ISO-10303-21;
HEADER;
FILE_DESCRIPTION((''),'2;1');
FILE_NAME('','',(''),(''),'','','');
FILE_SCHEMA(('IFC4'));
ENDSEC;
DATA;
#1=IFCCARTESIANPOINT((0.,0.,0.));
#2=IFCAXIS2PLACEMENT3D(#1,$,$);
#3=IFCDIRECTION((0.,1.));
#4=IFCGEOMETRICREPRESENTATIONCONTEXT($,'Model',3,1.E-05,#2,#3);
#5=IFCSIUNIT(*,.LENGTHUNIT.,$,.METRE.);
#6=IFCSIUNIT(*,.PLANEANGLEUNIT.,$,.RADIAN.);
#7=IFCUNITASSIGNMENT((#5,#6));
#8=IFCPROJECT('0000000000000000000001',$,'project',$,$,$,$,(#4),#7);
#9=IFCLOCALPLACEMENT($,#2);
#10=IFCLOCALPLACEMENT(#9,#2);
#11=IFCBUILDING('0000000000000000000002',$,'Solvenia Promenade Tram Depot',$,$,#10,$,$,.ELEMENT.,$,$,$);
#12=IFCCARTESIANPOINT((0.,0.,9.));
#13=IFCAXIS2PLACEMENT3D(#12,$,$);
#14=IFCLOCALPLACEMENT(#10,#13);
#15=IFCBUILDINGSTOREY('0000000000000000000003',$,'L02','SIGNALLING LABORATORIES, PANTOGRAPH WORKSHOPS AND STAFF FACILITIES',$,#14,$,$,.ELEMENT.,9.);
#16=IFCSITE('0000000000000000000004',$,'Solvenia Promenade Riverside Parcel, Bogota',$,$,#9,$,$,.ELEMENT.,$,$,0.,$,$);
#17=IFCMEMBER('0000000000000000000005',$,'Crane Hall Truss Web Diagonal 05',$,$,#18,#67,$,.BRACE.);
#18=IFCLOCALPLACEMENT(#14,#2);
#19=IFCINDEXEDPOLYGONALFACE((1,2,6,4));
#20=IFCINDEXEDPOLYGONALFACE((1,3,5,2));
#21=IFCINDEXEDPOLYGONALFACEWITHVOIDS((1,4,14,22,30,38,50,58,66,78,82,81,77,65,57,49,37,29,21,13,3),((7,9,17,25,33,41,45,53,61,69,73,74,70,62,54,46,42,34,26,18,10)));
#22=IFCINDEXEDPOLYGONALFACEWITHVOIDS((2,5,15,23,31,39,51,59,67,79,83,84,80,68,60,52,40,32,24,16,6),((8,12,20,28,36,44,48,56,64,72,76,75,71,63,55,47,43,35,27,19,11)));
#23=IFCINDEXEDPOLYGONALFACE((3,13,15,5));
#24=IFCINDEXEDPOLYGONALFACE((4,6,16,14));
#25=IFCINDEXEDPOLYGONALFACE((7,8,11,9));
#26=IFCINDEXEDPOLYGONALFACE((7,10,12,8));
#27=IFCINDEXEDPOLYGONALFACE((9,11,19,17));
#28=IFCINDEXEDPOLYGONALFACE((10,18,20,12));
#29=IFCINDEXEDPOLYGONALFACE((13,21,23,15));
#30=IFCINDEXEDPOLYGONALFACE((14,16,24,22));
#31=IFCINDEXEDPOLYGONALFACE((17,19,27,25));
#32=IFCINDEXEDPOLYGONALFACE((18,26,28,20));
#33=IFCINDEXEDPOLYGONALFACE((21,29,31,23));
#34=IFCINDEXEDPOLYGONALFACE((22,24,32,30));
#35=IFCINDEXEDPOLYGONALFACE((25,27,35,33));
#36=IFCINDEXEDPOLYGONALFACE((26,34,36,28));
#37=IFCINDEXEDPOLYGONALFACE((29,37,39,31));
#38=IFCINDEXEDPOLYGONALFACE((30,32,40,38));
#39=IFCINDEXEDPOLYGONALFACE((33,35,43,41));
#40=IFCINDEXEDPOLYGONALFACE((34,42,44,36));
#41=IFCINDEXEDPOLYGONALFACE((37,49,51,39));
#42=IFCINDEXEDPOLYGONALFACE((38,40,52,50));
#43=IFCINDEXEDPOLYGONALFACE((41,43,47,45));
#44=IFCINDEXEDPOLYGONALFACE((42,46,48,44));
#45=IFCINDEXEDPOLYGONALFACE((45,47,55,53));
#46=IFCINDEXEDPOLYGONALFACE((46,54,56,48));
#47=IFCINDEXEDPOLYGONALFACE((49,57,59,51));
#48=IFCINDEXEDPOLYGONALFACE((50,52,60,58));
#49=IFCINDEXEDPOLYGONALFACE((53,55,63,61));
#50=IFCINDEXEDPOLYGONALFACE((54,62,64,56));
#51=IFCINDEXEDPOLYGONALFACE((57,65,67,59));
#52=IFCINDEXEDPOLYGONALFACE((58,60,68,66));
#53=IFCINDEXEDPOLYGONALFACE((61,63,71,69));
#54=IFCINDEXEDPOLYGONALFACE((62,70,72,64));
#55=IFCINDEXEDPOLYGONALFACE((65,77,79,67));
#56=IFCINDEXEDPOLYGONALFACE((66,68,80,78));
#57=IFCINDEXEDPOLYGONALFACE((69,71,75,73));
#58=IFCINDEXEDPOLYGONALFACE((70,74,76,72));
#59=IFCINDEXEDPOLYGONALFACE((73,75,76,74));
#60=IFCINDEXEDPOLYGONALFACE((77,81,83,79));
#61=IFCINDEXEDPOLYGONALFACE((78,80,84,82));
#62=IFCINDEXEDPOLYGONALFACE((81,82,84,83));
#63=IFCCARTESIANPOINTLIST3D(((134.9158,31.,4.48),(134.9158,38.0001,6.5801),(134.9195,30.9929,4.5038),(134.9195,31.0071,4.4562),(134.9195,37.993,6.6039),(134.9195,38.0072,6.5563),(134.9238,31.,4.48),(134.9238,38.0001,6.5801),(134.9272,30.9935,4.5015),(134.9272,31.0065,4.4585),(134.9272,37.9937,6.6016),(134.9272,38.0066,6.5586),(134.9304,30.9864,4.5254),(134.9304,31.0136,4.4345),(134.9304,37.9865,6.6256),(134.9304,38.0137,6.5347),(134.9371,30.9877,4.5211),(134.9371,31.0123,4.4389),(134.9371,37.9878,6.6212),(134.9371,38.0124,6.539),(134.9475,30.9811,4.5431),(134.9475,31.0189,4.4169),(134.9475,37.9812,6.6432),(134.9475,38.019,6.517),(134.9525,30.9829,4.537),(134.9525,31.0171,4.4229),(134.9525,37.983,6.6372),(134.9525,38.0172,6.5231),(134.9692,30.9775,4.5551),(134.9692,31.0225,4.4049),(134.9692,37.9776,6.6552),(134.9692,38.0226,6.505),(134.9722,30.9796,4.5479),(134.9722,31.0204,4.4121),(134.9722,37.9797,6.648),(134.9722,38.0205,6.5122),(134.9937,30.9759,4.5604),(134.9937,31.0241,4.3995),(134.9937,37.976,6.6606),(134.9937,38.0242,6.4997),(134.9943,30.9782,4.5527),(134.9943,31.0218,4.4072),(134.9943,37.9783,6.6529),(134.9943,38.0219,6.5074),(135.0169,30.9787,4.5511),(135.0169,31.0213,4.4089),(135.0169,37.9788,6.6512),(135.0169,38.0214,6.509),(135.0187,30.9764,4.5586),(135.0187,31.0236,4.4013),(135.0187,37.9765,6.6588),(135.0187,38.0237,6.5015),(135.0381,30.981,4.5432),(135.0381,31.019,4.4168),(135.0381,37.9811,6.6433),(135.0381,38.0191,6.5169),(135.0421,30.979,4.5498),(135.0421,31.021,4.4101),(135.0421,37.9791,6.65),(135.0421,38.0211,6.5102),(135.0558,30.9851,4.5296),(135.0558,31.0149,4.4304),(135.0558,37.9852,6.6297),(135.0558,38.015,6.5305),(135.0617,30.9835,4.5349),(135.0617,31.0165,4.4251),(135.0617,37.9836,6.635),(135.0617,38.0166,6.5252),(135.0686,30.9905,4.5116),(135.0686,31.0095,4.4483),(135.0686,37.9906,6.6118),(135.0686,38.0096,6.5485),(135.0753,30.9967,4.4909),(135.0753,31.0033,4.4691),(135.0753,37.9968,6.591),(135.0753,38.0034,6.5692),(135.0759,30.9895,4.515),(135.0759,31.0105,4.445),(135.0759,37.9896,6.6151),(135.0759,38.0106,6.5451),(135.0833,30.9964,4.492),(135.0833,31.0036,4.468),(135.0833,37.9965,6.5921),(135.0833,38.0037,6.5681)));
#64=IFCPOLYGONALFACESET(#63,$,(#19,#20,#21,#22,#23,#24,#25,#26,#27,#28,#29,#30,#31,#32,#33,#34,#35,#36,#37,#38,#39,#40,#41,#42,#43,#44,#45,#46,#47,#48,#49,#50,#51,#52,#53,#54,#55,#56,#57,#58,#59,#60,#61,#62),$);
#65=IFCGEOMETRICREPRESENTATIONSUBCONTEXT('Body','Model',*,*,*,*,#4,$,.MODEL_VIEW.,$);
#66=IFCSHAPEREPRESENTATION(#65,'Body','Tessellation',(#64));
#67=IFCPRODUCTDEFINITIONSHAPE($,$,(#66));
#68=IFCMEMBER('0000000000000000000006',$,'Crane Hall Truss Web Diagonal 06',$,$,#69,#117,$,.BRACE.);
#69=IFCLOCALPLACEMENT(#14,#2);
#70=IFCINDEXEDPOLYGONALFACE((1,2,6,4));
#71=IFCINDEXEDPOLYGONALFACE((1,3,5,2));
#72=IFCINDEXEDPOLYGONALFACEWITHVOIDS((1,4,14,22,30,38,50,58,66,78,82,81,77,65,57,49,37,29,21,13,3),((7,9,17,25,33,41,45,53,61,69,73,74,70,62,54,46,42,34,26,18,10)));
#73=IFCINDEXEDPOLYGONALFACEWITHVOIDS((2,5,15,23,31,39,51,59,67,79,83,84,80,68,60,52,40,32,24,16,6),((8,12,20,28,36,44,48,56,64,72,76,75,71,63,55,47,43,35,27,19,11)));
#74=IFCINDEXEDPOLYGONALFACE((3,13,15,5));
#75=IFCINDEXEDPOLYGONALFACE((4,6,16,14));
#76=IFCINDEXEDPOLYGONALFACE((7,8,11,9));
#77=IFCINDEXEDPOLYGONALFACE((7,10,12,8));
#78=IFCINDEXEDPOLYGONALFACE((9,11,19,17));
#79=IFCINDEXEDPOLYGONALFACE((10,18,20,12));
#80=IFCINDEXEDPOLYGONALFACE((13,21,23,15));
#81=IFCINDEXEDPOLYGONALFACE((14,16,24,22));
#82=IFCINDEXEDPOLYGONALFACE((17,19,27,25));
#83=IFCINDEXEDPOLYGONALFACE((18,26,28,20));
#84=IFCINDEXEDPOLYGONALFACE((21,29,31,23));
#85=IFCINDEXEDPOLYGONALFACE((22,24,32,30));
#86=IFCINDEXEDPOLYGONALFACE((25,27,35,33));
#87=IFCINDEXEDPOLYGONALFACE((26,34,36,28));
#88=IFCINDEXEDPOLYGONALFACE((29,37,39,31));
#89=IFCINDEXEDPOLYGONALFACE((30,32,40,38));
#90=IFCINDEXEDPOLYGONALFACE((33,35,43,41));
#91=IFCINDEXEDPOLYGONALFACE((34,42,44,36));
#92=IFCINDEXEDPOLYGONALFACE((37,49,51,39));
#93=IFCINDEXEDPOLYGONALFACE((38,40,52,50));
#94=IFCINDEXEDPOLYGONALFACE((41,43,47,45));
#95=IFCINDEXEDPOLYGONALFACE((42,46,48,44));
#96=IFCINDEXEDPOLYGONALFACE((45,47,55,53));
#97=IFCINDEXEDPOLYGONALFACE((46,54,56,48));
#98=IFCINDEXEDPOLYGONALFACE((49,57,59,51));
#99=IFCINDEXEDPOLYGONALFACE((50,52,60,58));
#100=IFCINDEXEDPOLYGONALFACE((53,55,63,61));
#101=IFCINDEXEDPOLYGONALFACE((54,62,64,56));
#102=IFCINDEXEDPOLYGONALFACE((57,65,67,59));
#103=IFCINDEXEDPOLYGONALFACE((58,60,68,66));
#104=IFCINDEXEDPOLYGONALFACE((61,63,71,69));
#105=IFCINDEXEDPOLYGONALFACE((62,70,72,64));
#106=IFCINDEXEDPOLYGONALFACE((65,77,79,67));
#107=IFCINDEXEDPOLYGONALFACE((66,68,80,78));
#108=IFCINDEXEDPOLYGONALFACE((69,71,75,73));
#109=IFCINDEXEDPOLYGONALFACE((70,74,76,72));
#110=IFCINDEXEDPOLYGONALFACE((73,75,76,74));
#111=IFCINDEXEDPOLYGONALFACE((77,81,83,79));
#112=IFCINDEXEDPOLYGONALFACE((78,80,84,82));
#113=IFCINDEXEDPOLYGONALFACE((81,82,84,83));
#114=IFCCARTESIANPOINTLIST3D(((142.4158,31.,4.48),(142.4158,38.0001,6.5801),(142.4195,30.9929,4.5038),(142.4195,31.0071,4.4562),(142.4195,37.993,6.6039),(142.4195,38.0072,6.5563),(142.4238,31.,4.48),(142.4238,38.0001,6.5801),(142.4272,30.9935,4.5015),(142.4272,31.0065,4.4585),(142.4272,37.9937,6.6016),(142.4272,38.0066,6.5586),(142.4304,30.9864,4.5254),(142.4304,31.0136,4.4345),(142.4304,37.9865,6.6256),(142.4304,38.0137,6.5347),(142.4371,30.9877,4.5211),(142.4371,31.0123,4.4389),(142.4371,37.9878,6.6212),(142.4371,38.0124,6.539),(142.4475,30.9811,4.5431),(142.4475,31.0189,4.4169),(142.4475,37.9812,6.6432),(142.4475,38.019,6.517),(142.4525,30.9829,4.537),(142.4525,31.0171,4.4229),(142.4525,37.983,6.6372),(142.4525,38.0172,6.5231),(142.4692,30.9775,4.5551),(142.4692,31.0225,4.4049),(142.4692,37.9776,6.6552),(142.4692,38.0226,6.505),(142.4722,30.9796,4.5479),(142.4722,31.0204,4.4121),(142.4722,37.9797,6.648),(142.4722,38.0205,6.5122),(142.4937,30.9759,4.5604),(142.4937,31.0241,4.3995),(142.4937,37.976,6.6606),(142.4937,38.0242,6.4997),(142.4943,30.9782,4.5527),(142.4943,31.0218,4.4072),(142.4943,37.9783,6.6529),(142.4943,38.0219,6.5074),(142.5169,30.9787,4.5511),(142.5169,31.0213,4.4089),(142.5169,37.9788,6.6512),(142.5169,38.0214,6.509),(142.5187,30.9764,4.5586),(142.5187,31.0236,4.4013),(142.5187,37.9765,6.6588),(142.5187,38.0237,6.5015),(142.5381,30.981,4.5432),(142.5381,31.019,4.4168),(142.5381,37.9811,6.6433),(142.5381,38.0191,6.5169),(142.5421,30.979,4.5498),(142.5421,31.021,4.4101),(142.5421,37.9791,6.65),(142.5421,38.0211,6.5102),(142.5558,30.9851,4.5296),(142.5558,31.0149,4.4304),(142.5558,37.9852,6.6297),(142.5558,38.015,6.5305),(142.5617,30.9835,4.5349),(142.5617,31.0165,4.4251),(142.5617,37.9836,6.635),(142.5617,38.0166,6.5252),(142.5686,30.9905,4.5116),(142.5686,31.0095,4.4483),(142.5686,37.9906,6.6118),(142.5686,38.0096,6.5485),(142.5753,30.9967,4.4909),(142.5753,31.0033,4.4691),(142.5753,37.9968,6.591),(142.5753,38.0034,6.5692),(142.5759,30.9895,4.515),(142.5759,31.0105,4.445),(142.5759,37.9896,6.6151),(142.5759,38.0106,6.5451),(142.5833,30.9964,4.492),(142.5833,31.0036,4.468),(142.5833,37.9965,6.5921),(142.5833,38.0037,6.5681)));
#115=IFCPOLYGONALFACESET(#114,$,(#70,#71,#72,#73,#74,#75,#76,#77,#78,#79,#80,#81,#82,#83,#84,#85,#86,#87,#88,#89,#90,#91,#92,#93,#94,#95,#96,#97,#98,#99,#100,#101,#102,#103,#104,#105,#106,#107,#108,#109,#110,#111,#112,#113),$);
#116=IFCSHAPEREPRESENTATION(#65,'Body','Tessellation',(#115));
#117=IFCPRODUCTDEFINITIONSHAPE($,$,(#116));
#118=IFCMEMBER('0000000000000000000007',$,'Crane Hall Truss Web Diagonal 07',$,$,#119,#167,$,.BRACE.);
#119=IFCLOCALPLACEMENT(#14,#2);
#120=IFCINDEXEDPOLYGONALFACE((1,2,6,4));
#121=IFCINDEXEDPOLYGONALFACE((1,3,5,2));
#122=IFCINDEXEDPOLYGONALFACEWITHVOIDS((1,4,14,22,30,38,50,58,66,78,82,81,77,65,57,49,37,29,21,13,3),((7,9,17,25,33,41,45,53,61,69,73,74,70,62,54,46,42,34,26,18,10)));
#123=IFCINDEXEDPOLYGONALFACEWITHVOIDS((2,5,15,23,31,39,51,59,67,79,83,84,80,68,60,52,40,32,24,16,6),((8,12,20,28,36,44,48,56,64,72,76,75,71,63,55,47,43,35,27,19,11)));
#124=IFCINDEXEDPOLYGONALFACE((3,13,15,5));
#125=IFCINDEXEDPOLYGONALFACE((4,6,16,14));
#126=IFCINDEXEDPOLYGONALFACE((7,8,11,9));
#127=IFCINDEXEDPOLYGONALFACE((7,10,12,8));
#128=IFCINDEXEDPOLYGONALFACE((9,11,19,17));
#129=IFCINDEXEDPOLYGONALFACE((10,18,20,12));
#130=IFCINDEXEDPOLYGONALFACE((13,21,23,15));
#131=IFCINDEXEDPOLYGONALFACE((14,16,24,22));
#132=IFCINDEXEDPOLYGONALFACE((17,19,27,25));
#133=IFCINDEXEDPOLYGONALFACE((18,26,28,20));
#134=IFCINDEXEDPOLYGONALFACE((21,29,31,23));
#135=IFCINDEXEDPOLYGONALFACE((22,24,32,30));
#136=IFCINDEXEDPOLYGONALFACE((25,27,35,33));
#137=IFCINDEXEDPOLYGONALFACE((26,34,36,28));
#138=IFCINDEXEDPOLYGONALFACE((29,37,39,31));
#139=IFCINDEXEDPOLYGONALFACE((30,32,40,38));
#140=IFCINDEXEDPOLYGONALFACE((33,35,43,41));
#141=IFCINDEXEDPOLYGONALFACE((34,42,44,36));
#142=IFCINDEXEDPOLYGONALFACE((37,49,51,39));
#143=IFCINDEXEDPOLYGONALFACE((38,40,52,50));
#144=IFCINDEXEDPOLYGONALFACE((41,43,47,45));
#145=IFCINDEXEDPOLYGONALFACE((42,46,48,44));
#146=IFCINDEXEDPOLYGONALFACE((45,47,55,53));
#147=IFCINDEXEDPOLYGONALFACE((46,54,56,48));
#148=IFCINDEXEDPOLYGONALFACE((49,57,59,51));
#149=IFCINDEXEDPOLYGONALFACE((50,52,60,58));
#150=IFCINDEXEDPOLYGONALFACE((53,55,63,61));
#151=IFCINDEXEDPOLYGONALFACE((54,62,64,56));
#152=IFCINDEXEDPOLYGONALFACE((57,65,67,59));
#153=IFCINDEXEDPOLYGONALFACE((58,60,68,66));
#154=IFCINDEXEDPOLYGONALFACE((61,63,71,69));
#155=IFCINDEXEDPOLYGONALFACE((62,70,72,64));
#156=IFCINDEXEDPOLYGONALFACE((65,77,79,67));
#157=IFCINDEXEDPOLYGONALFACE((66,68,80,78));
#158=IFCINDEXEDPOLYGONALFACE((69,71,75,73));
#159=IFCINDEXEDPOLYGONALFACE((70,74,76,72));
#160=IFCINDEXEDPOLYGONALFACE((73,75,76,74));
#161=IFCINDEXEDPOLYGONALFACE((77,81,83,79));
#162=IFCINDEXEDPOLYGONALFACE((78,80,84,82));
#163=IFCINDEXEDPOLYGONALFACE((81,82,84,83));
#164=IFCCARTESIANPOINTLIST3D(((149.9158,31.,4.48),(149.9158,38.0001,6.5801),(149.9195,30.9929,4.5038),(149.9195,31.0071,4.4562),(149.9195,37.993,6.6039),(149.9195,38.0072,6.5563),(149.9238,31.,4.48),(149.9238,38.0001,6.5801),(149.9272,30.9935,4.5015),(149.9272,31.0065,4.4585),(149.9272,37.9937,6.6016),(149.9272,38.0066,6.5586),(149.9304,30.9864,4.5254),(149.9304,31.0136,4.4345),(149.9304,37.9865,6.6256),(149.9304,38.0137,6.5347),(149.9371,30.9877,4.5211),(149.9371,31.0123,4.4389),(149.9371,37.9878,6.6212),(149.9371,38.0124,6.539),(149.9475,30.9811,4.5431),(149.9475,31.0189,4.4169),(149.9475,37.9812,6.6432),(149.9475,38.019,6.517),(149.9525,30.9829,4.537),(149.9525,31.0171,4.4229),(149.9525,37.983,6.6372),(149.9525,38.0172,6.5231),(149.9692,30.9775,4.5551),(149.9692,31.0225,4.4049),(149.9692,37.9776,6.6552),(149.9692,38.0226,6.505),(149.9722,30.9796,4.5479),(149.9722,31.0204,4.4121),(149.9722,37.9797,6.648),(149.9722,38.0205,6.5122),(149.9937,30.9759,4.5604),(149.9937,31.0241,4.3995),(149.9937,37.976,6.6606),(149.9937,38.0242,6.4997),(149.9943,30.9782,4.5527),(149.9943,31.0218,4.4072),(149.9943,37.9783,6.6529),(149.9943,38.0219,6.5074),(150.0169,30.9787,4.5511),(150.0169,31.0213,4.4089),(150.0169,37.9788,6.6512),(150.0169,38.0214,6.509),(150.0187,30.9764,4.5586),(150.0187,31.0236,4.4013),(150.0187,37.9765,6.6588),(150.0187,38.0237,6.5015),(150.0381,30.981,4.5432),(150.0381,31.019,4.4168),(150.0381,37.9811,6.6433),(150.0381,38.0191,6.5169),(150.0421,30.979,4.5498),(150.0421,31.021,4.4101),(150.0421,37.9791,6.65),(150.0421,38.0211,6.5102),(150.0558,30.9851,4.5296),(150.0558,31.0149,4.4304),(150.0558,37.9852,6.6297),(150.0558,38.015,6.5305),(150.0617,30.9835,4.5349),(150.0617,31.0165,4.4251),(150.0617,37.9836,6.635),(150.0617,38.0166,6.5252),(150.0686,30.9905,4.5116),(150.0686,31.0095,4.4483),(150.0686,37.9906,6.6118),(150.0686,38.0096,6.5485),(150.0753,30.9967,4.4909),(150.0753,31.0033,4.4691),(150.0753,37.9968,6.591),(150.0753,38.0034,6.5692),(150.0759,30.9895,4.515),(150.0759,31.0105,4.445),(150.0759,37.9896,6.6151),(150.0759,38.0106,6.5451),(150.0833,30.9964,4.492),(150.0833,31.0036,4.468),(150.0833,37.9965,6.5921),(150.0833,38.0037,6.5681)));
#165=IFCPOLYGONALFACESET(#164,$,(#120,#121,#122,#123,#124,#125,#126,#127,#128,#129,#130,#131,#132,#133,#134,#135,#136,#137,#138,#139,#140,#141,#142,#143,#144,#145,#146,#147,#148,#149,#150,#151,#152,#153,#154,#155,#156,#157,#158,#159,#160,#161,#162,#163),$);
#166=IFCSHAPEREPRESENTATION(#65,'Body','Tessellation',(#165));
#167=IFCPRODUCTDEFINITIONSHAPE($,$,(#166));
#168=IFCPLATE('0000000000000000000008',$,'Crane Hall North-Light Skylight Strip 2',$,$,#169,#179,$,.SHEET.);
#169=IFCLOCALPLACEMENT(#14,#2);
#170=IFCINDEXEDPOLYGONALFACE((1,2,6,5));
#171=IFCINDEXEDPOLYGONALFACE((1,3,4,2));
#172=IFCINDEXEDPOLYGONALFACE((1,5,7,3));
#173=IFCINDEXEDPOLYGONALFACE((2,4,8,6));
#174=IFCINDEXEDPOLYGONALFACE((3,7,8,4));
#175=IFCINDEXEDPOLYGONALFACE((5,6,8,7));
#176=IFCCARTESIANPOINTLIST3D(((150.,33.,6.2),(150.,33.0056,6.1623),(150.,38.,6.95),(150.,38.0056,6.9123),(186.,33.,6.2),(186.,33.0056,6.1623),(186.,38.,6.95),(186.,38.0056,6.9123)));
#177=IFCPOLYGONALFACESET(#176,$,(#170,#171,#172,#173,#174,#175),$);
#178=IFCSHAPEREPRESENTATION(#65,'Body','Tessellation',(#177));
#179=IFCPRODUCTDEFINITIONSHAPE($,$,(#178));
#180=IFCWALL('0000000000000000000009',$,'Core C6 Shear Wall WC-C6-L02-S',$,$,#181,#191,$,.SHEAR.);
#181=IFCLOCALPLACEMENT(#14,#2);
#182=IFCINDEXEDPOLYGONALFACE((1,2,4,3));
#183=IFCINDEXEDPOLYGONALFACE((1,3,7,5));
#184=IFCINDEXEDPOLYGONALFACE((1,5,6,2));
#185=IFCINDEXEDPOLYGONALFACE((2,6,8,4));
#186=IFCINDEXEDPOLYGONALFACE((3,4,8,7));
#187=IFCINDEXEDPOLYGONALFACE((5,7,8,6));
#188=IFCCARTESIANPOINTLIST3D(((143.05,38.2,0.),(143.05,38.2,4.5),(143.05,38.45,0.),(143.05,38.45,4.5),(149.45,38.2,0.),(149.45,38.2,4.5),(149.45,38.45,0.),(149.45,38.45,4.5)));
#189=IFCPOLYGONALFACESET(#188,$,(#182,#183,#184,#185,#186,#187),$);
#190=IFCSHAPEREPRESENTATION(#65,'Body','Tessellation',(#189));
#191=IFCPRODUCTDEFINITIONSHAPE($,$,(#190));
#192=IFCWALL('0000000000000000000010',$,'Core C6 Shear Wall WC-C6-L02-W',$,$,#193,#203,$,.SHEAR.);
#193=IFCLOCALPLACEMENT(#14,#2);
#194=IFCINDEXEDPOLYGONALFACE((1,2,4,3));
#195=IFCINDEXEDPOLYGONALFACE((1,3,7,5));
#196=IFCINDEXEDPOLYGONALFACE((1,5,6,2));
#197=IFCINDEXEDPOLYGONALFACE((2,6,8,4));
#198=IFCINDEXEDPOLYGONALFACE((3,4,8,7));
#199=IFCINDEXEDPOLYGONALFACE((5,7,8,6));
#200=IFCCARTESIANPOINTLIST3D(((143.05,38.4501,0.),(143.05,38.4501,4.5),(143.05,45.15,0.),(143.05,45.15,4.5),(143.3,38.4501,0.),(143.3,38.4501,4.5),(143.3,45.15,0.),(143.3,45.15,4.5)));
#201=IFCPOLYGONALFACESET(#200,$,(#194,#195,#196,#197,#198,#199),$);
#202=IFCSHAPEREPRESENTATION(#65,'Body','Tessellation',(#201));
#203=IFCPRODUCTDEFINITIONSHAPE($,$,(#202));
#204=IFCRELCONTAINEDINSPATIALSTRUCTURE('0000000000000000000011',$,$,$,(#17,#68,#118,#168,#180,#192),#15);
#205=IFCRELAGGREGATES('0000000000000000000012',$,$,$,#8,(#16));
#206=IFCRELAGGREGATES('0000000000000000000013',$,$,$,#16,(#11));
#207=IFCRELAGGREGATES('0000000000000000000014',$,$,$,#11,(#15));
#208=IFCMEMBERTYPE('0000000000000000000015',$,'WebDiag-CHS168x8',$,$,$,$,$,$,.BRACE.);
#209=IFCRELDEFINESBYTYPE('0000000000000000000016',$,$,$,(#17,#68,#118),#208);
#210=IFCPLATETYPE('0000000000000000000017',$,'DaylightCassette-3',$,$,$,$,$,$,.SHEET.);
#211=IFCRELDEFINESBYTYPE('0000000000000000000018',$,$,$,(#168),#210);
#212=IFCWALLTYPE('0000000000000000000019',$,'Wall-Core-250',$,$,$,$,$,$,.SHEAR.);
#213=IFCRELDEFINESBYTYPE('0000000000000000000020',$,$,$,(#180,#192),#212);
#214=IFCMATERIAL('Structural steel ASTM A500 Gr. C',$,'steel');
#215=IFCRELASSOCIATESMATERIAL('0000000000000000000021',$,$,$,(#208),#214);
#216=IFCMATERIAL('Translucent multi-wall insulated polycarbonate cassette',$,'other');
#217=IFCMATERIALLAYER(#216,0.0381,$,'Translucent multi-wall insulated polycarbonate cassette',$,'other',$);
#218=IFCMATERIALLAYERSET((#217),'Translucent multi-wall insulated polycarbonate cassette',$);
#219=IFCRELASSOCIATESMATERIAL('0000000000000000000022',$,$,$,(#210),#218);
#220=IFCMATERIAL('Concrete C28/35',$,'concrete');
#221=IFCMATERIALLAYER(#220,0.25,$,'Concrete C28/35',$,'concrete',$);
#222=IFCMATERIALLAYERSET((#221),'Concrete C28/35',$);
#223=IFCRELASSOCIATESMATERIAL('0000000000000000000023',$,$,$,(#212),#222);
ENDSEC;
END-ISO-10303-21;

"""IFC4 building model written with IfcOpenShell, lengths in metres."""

from ifc_helpers import new_model, si_unit, direction, frame, frame_2d, origin, origin_2d, place, context, subcontext, project, spatial, polyline, rectangle, hollow_circle, outline, extrude, material, layer, layer_set, material_profile, profile_set, type_object, element, save


model = new_model("IFC4")

# Units and contexts
model_context = context("Model", 3, precision=1e-05, world=origin(), true_north=direction((0.0, 1.0)))
body_context = subcontext(model_context, "Body", "Model", "MODEL_VIEW")
ifc_project = project(units=[si_unit("LENGTHUNIT", "METRE"), si_unit("PLANEANGLEUNIT", "RADIAN")], contexts=[model_context])

# Site, building, storey
site_placement = place(None, origin())
site = spatial("IfcSite", under=ifc_project, at=site_placement, Name="Solvenia Promenade Riverside Parcel, Bogota", CompositionType="ELEMENT", RefElevation=0.0)
building_placement = place(site_placement, origin())
building = spatial("IfcBuilding", under=site, at=building_placement, Name="Solvenia Promenade Tram Depot", CompositionType="ELEMENT")
storey_placement = place(building_placement, frame((0.0, 0.0, 9.0)))
storey = spatial("IfcBuildingStorey", under=building, at=storey_placement, Name="L02", Description="SIGNALLING LABORATORIES, PANTOGRAPH WORKSHOPS AND STAFF FACILITIES", CompositionType="ELEMENT", Elevation=9.0)

# Shared definitions
ifc_material_1 = material(Name="Structural steel ASTM A500 Gr. C", Category="steel")

# Members
ifc_material_profile_1 = material_profile(ifc_material_1, hollow_circle(Radius=0.0842, WallThickness=0.0081, at=origin_2d()), Name="CHS168.3x8", Category="steel")
ifc_profile_set_1 = profile_set([ifc_material_profile_1], Name="Structural steel ASTM A500 Gr. C")
member_type_1 = type_object("IfcMemberType", Name="WebDiag-CHS168x8", PredefinedType="BRACE", material=ifc_profile_set_1)
for number, where, z_axis, x_axis, name in (
    (1, (135.0, 31.0, 4.48), (0.0, 0.957823, 0.28736), (-1.0, 0.0, 0.0), "Crane Hall Truss Web Diagonal 05"),
    (2, (142.5, 31.0, 4.48), (0.0, 0.957823, 0.28736), (-1.0, 0.0, 0.0), "Crane Hall Truss Web Diagonal 06"),
    (3, (150.0, 31.0, 4.48), (0.0, 0.957823, 0.28736), (-1.0, 0.0, 0.0), "Crane Hall Truss Web Diagonal 07"),
):
    element("IfcMember", number, at=place(storey_placement, frame(where, z_axis=z_axis, x_axis=x_axis)), inside=storey, type_object=member_type_1, Name=name, PredefinedType="BRACE", context=body_context, shape_type="SweptSolid", body=[
        extrude(hollow_circle(Radius=0.0842, WallThickness=0.0081, at=origin_2d()), origin(), (0.0, 0.0, 1.0), 7.3083),
    ])

# Plate
ifc_material_2 = material(Name="Translucent multi-wall insulated polycarbonate cassette", Category="other")
ifc_layer_1 = layer(ifc_material_2, 0.0381, Name="Translucent multi-wall insulated polycarbonate cassette", Category="other")
ifc_layer_set_1 = layer_set([ifc_layer_1], Name="Translucent multi-wall insulated polycarbonate cassette")
plate_type = type_object("IfcPlateType", Name="DaylightCassette-3", PredefinedType="SHEET", material=ifc_layer_set_1)
plate_placement = place(storey_placement, frame((150.0, 33.0, 6.2), z_axis=(0.0, -0.14834, 0.988936), x_axis=(1.0, 0.0, 0.0)))
element("IfcPlate", 4, at=plate_placement, inside=storey, type_object=plate_type, Name="Crane Hall North-Light Skylight Strip 2", PredefinedType="SHEET", context=body_context, shape_type="SweptSolid", body=[
    extrude(outline(polyline([(0.0, 0.0), (36.0, 0.0), (36.0, 5.0559), (0.0, 5.0559), (0.0, 0.0)])), origin(), (0.0, 0.0, -1.0), 0.0381),
])

# Walls
ifc_material_3 = material(Name="Concrete C28/35", Category="concrete")
ifc_layer_2 = layer(ifc_material_3, 0.25, Name="Concrete C28/35", Category="concrete")
ifc_layer_set_2 = layer_set([ifc_layer_2], Name="Concrete C28/35")
wall_type_1 = type_object("IfcWallType", Name="Wall-Core-250", PredefinedType="SHEAR", material=ifc_layer_set_2)
wall_1_placement = place(storey_placement, frame((143.05, 38.325, 0.0), z_axis=(0.0, 0.0, 1.0), x_axis=(1.0, 0.0, 0.0)))
element("IfcWall", 5, at=wall_1_placement, inside=storey, type_object=wall_type_1, Name="Core C6 Shear Wall WC-C6-L02-S", PredefinedType="SHEAR", context=body_context, shape_type="SweptSolid", body=[
    extrude(rectangle(XDim=6.3999, YDim=0.25, at=frame_2d((3.2, 0.0))), origin(), (0.0, 0.0, 1.0), 4.5),
])
for number, where, z_axis, x_axis, name in (
    (6, (143.175, 38.45, 0.0), (0.0, 0.0, 1.0), (0.0, 1.0, 0.0), "Core C6 Shear Wall WC-C6-L02-W"),
):
    element("IfcWall", number, at=place(storey_placement, frame(where, z_axis=z_axis, x_axis=x_axis)), inside=storey, type_object=wall_type_1, Name=name, PredefinedType="SHEAR", context=body_context, shape_type="SweptSolid", body=[
        extrude(rectangle(XDim=6.7, YDim=0.25, at=frame_2d((3.3501, 0.0))), origin(), (0.0, 0.0, 1.0), 4.5),
    ])

save(model, "model.ifc")
